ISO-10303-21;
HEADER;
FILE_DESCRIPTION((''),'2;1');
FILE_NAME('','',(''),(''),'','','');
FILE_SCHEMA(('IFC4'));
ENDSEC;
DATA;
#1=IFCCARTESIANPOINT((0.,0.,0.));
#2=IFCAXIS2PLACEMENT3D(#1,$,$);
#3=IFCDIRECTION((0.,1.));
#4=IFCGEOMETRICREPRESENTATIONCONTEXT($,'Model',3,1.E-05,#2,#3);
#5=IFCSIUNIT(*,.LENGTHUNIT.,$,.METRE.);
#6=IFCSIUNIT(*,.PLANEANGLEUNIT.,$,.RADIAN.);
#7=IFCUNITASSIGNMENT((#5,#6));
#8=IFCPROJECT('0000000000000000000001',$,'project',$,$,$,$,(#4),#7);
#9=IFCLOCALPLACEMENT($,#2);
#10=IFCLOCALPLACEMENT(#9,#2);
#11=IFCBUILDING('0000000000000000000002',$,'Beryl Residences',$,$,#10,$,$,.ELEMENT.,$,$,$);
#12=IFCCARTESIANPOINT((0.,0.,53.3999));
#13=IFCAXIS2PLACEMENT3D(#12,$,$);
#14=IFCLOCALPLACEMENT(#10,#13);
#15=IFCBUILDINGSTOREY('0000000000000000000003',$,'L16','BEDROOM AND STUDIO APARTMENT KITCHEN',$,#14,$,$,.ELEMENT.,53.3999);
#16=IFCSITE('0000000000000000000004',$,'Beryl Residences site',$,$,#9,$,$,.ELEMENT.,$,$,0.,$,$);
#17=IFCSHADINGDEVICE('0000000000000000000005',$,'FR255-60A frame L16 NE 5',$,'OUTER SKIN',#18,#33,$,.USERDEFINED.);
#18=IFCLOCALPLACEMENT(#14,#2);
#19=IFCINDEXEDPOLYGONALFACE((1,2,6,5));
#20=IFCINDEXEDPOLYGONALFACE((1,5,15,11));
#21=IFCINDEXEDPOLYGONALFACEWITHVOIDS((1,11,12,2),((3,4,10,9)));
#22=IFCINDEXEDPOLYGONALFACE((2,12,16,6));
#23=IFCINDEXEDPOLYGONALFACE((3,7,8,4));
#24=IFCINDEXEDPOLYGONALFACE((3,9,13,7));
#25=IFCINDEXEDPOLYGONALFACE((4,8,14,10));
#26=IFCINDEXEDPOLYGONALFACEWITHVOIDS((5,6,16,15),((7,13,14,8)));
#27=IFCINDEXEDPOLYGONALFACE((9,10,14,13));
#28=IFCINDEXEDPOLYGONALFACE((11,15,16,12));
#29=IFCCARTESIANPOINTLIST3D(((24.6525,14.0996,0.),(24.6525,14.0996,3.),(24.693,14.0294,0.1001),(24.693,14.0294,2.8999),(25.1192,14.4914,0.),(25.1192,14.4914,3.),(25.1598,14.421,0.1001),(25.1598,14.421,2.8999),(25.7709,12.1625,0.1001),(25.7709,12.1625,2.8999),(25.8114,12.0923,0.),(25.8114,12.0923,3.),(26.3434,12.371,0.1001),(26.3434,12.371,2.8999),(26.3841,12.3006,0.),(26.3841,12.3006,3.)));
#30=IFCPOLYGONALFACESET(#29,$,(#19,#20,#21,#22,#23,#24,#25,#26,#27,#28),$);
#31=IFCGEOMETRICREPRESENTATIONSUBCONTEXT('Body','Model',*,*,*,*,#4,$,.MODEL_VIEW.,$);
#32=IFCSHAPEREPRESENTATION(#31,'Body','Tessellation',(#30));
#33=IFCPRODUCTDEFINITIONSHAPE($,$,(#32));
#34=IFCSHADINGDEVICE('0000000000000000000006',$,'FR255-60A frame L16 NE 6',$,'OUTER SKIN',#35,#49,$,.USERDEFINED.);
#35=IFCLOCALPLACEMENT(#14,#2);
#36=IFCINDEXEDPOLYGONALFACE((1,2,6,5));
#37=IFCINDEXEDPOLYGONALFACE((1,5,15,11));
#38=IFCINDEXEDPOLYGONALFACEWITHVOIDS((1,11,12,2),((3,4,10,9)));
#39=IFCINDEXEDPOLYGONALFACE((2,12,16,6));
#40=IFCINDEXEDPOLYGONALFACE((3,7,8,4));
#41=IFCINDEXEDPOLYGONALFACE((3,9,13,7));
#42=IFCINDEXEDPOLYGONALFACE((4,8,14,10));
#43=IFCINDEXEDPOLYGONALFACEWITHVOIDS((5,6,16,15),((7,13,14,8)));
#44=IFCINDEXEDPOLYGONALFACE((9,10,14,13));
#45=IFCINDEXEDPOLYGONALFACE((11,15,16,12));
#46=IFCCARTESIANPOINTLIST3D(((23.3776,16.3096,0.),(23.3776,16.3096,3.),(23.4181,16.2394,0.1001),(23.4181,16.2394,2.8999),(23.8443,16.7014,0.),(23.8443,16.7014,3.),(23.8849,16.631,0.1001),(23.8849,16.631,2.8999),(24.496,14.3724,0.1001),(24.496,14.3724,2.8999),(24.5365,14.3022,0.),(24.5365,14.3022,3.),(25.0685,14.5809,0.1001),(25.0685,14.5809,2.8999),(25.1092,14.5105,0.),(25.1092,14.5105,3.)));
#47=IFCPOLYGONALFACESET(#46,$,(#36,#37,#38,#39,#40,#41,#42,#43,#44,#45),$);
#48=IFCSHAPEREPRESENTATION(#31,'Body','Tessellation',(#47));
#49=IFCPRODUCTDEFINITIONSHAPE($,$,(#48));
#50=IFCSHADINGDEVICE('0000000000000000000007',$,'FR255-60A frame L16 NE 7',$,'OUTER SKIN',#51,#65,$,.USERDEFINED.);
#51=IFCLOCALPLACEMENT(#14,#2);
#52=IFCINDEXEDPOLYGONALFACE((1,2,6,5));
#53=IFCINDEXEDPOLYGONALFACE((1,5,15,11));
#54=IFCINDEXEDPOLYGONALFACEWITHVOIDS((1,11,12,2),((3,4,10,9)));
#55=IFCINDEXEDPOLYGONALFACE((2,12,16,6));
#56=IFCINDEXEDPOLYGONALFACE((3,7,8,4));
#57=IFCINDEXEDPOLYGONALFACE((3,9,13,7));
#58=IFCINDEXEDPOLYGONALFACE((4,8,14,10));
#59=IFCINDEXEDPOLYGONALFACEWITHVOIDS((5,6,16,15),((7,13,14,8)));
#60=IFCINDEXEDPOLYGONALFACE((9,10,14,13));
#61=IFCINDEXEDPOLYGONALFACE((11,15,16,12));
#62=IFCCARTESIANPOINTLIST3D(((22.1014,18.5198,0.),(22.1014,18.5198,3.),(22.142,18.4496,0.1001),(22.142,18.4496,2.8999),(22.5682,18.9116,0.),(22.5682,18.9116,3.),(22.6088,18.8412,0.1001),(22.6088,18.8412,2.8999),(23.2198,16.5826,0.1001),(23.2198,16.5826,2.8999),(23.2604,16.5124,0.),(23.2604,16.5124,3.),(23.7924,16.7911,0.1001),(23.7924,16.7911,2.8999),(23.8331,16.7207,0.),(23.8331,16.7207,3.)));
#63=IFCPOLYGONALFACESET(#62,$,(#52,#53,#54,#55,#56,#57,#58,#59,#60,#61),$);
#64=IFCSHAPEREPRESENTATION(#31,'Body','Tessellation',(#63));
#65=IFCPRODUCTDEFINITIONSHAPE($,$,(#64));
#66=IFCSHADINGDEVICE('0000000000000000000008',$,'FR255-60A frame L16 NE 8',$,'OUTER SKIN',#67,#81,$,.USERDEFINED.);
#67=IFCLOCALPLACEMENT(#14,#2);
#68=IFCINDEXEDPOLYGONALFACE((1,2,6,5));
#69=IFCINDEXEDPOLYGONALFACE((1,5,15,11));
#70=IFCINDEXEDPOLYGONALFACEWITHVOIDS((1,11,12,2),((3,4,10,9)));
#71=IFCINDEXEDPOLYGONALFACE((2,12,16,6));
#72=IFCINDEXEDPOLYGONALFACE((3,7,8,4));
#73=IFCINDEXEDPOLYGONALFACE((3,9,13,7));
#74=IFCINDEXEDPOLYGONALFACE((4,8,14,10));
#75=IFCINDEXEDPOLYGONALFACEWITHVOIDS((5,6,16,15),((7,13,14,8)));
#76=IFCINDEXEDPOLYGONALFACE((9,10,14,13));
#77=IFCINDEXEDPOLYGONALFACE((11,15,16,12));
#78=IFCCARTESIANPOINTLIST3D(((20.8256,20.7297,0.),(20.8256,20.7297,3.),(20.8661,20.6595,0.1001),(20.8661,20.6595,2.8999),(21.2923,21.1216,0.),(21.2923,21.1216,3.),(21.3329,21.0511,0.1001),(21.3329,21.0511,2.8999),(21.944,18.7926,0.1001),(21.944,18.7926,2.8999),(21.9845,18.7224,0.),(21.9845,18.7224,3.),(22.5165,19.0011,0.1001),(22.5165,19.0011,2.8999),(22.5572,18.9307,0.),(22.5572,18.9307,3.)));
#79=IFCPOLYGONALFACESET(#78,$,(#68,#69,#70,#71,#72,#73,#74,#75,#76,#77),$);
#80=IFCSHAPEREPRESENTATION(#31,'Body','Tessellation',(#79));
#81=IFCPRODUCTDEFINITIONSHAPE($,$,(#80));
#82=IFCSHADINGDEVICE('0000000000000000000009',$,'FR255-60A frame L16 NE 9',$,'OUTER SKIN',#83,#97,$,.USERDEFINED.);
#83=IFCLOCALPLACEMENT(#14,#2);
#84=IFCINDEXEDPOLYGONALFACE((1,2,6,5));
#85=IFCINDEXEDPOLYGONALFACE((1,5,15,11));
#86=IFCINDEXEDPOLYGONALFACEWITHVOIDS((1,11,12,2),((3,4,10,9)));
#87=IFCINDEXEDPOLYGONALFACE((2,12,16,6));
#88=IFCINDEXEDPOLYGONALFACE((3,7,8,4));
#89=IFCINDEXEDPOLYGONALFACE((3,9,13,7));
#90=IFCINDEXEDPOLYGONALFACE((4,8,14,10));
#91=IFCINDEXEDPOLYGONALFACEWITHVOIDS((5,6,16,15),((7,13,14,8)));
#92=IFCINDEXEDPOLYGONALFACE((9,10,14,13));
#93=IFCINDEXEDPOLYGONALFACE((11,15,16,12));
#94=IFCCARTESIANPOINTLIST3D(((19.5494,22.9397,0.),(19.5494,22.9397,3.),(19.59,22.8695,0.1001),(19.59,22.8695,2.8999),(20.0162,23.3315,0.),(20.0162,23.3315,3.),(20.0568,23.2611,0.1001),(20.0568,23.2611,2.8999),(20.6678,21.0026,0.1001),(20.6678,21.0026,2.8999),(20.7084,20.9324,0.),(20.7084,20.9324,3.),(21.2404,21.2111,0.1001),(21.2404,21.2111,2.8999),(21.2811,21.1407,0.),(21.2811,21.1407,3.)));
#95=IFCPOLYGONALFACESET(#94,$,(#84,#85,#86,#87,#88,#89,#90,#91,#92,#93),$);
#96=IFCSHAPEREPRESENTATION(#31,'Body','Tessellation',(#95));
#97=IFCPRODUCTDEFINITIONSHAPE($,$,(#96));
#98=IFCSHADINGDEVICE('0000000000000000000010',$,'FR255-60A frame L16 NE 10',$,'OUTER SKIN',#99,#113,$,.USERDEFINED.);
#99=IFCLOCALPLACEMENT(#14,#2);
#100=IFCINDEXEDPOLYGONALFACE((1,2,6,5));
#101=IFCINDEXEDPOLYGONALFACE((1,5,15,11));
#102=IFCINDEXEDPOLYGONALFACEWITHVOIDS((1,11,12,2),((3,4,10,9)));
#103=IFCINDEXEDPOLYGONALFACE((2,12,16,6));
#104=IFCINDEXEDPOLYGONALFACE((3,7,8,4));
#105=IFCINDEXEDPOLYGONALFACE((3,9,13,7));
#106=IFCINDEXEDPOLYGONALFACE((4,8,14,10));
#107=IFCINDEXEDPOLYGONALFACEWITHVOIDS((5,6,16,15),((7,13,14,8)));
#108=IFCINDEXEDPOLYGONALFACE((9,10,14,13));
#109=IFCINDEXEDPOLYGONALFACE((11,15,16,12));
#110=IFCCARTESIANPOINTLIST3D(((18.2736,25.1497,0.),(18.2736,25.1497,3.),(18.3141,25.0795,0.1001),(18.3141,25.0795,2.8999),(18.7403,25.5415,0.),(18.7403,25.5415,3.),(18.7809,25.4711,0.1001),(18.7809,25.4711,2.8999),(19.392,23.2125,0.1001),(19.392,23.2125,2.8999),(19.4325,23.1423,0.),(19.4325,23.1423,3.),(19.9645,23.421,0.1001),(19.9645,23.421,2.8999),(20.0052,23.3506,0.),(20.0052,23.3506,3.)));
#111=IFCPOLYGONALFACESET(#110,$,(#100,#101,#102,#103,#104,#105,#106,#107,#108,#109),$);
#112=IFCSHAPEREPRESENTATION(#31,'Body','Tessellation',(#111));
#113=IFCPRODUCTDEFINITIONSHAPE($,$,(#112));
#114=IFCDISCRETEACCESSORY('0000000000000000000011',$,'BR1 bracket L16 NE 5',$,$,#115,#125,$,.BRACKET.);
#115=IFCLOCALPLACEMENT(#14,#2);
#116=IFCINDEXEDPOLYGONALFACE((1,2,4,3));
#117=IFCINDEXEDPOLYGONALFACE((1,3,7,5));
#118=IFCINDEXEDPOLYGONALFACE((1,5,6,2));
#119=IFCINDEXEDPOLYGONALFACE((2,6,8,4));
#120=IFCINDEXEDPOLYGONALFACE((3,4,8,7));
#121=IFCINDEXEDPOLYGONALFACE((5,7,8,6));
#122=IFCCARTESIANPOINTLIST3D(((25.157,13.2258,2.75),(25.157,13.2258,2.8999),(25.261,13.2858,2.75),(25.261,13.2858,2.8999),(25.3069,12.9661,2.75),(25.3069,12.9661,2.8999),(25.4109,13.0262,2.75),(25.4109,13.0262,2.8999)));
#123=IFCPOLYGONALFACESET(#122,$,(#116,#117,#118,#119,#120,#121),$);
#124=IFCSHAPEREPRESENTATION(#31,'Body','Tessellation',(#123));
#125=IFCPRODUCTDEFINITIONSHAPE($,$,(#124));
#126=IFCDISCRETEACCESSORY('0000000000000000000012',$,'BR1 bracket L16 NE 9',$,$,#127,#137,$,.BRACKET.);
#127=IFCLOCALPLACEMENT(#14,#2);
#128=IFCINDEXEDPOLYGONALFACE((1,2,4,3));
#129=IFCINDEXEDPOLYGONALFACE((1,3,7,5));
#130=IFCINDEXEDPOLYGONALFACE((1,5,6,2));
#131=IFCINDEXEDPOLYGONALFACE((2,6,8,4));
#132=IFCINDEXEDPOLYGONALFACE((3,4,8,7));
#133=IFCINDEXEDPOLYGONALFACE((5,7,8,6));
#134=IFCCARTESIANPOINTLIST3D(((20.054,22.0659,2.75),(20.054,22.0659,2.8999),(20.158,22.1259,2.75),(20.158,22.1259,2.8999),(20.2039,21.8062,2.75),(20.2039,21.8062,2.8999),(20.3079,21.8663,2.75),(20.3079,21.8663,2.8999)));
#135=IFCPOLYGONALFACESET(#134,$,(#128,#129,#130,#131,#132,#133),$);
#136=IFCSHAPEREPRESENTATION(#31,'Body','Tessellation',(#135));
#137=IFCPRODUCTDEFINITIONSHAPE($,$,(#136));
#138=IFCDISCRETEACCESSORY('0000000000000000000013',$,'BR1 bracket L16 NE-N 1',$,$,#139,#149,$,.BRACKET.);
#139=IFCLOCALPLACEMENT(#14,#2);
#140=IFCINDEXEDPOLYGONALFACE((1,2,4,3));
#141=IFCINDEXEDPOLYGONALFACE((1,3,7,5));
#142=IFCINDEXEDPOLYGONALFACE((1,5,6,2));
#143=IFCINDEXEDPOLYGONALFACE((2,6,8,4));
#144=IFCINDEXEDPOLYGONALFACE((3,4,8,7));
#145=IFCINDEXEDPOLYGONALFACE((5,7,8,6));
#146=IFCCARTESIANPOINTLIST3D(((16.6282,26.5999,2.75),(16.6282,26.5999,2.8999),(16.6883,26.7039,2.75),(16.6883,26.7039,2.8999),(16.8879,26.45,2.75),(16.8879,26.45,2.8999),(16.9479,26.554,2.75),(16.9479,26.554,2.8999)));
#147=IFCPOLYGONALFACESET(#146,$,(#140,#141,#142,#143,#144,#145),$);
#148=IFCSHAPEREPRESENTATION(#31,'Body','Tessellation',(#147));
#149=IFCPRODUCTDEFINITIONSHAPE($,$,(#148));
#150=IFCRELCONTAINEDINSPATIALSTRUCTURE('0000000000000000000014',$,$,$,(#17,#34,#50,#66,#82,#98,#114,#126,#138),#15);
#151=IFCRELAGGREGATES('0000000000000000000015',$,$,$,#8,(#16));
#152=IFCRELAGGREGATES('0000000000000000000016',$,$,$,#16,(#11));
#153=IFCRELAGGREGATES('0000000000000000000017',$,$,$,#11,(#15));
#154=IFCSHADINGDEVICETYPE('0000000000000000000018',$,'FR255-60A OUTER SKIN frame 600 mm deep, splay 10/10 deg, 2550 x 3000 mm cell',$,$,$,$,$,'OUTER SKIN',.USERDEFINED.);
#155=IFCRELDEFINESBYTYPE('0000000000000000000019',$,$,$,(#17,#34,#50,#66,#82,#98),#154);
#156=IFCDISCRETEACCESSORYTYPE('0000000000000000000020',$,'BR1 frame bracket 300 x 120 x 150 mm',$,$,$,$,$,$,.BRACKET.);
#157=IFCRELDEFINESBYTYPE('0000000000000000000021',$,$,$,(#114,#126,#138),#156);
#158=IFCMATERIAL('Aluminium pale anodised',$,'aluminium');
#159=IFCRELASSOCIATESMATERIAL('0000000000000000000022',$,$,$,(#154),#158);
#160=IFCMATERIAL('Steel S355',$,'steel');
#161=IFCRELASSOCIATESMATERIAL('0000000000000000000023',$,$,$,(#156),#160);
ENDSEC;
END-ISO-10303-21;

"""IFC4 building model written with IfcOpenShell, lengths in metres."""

from ifc_helpers import new_model, entity, si_unit, direction, frame, origin, place, context, subcontext, project, spatial, polyline, outline, extrude, source, transform, mapped, material, type_object, type_shapes, element, save


model = new_model("IFC4")

# Units and contexts
model_context = context("Model", 3, precision=1e-05, world=origin(), true_north=direction((0.0, 1.0)))
body_context = subcontext(model_context, "Body", "Model", "MODEL_VIEW")
ifc_project = project(units=[si_unit("LENGTHUNIT", "METRE"), si_unit("PLANEANGLEUNIT", "RADIAN")], contexts=[model_context])

# Site, building, storey
site_placement = place(None, origin())
site = spatial("IfcSite", under=ifc_project, at=site_placement, Name="Beryl Residences site", CompositionType="ELEMENT", RefElevation=0.0)
building_placement = place(site_placement, origin())
building = spatial("IfcBuilding", under=site, at=building_placement, Name="Beryl Residences", CompositionType="ELEMENT")
storey_placement = place(building_placement, frame((0.0, 0.0, 53.3999)))
storey = spatial("IfcBuildingStorey", under=building, at=storey_placement, Name="L16", Description="BEDROOM AND STUDIO APARTMENT KITCHEN", CompositionType="ELEMENT", Elevation=53.3999)

# Shading devices
ifc_material_1 = material(Name="Aluminium pale anodised", Category="aluminium")
shading_device_type_1 = type_object("IfcShadingDeviceType", Name="FR255-60A OUTER SKIN frame 600 mm deep, splay 10/10 deg, 2550 x 3000 mm cell", ElementType="OUTER SKIN", PredefinedType="USERDEFINED", material=ifc_material_1)
cartesian_point_1 = entity("IfcCartesianPoint", [-1.1589, 0.0])
cartesian_point_2 = entity("IfcCartesianPoint", [-1.0779, 0.1001])
cartesian_point_3 = entity("IfcCartesianPoint", [-1.2649, 0.0])
cartesian_point_4 = entity("IfcCartesianPoint", [-1.1836, 0.1001])
shared_shape_1 = source(origin(), body_context, "Body", "SweptSolid", [
    entity("IfcExtrudedAreaSolidTapered", entity("IfcArbitraryProfileDefWithVoids", "AREA", None, entity("IfcPolyline", [cartesian_point_1, entity("IfcCartesianPoint", [1.1589, 0.0]), entity("IfcCartesianPoint", [1.1589, 3.0]), entity("IfcCartesianPoint", [-1.1589, 3.0]), cartesian_point_1]), [entity("IfcPolyline", [cartesian_point_2, entity("IfcCartesianPoint", [1.0779, 0.1001]), entity("IfcCartesianPoint", [1.0779, 2.8999]), entity("IfcCartesianPoint", [-1.0779, 2.8999]), cartesian_point_2])]), entity("IfcAxis2Placement3D", entity("IfcCartesianPoint", [0.0, 0.0, 0.0]), entity("IfcDirection", [0.0, 1.0, 0.0]), entity("IfcDirection", [-1.0, 0.0, 0.0])), entity("IfcDirection", [0.0, 0.0, 1.0]), 0.6001, entity("IfcArbitraryProfileDefWithVoids", "AREA", None, entity("IfcPolyline", [cartesian_point_3, entity("IfcCartesianPoint", [1.2649, 0.0]), entity("IfcCartesianPoint", [1.2649, 3.0]), entity("IfcCartesianPoint", [-1.2649, 3.0]), cartesian_point_3]), [entity("IfcPolyline", [cartesian_point_4, entity("IfcCartesianPoint", [1.1836, 0.1001]), entity("IfcCartesianPoint", [1.1836, 2.8999]), entity("IfcCartesianPoint", [-1.1836, 2.8999]), cartesian_point_4])])),
])
type_shapes(shading_device_type_1, [shared_shape_1])
for number, where, z_axis, x_axis, name in (
    (1, (25.2319, 13.0959, 0.0), (0.0, 0.0, 1.0), (0.5, -0.866025, 0.0), "FR255-60A frame L16 NE 5"),
    (2, (23.957, 15.3059, 0.0), (0.0, 0.0, 1.0), (0.5, -0.866025, 0.0), "FR255-60A frame L16 NE 6"),
    (3, (22.6809, 17.5161, 0.0), (0.0, 0.0, 1.0), (0.5, -0.866025, 0.0), "FR255-60A frame L16 NE 7"),
    (4, (21.405, 19.7261, 0.0), (0.0, 0.0, 1.0), (0.5, -0.866025, 0.0), "FR255-60A frame L16 NE 8"),
    (5, (20.1289, 21.936, 0.0), (0.0, 0.0, 1.0), (0.5, -0.866025, 0.0), "FR255-60A frame L16 NE 9"),
    (6, (18.853, 24.146, 0.0), (0.0, 0.0, 1.0), (0.5, -0.866025, 0.0), "FR255-60A frame L16 NE 10"),
):
    element("IfcShadingDevice", number, at=place(storey_placement, frame(where, z_axis=z_axis, x_axis=x_axis)), inside=storey, type_object=shading_device_type_1, Name=name, ObjectType="OUTER SKIN", PredefinedType="USERDEFINED", context=body_context, shape_type="MappedRepresentation", body=[
        mapped(shared_shape_1, transform((0.0, 0.0, 0.0))),
    ])

# Discrete accessories
ifc_material_2 = material(Name="Steel S355", Category="steel")
discrete_accessory_type = type_object("IfcDiscreteAccessoryType", Name="BR1 frame bracket 300 x 120 x 150 mm", PredefinedType="BRACKET", material=ifc_material_2)
shared_shape_2 = source(origin(), body_context, "Body", "SweptSolid", [
    extrude(outline(polyline([(-0.1499, 0.0), (0.1499, 0.0), (0.1499, 0.1201), (-0.1499, 0.1201), (-0.1499, 0.0)])), origin(), (0.0, 0.0, 1.0), 0.1499),
])
type_shapes(discrete_accessory_type, [shared_shape_2])
for number, where, z_axis, x_axis, name in (
    (7, (25.2319, 13.0959, 2.75), (0.0, 0.0, 1.0), (0.5, -0.866025, 0.0), "BR1 bracket L16 NE 5"),
    (8, (20.1289, 21.936, 2.75), (0.0, 0.0, 1.0), (0.5, -0.866025, 0.0), "BR1 bracket L16 NE 9"),
    (9, (16.7581, 26.5249, 2.75), (0.0, 0.0, 1.0), (0.866025, -0.5, 0.0), "BR1 bracket L16 NE-N 1"),
):
    element("IfcDiscreteAccessory", number, at=place(storey_placement, frame(where, z_axis=z_axis, x_axis=x_axis)), inside=storey, type_object=discrete_accessory_type, Name=name, PredefinedType="BRACKET", context=body_context, shape_type="MappedRepresentation", body=[
        mapped(shared_shape_2, transform((0.0, 0.0, 0.0))),
    ])

save(model, "model.ifc")
